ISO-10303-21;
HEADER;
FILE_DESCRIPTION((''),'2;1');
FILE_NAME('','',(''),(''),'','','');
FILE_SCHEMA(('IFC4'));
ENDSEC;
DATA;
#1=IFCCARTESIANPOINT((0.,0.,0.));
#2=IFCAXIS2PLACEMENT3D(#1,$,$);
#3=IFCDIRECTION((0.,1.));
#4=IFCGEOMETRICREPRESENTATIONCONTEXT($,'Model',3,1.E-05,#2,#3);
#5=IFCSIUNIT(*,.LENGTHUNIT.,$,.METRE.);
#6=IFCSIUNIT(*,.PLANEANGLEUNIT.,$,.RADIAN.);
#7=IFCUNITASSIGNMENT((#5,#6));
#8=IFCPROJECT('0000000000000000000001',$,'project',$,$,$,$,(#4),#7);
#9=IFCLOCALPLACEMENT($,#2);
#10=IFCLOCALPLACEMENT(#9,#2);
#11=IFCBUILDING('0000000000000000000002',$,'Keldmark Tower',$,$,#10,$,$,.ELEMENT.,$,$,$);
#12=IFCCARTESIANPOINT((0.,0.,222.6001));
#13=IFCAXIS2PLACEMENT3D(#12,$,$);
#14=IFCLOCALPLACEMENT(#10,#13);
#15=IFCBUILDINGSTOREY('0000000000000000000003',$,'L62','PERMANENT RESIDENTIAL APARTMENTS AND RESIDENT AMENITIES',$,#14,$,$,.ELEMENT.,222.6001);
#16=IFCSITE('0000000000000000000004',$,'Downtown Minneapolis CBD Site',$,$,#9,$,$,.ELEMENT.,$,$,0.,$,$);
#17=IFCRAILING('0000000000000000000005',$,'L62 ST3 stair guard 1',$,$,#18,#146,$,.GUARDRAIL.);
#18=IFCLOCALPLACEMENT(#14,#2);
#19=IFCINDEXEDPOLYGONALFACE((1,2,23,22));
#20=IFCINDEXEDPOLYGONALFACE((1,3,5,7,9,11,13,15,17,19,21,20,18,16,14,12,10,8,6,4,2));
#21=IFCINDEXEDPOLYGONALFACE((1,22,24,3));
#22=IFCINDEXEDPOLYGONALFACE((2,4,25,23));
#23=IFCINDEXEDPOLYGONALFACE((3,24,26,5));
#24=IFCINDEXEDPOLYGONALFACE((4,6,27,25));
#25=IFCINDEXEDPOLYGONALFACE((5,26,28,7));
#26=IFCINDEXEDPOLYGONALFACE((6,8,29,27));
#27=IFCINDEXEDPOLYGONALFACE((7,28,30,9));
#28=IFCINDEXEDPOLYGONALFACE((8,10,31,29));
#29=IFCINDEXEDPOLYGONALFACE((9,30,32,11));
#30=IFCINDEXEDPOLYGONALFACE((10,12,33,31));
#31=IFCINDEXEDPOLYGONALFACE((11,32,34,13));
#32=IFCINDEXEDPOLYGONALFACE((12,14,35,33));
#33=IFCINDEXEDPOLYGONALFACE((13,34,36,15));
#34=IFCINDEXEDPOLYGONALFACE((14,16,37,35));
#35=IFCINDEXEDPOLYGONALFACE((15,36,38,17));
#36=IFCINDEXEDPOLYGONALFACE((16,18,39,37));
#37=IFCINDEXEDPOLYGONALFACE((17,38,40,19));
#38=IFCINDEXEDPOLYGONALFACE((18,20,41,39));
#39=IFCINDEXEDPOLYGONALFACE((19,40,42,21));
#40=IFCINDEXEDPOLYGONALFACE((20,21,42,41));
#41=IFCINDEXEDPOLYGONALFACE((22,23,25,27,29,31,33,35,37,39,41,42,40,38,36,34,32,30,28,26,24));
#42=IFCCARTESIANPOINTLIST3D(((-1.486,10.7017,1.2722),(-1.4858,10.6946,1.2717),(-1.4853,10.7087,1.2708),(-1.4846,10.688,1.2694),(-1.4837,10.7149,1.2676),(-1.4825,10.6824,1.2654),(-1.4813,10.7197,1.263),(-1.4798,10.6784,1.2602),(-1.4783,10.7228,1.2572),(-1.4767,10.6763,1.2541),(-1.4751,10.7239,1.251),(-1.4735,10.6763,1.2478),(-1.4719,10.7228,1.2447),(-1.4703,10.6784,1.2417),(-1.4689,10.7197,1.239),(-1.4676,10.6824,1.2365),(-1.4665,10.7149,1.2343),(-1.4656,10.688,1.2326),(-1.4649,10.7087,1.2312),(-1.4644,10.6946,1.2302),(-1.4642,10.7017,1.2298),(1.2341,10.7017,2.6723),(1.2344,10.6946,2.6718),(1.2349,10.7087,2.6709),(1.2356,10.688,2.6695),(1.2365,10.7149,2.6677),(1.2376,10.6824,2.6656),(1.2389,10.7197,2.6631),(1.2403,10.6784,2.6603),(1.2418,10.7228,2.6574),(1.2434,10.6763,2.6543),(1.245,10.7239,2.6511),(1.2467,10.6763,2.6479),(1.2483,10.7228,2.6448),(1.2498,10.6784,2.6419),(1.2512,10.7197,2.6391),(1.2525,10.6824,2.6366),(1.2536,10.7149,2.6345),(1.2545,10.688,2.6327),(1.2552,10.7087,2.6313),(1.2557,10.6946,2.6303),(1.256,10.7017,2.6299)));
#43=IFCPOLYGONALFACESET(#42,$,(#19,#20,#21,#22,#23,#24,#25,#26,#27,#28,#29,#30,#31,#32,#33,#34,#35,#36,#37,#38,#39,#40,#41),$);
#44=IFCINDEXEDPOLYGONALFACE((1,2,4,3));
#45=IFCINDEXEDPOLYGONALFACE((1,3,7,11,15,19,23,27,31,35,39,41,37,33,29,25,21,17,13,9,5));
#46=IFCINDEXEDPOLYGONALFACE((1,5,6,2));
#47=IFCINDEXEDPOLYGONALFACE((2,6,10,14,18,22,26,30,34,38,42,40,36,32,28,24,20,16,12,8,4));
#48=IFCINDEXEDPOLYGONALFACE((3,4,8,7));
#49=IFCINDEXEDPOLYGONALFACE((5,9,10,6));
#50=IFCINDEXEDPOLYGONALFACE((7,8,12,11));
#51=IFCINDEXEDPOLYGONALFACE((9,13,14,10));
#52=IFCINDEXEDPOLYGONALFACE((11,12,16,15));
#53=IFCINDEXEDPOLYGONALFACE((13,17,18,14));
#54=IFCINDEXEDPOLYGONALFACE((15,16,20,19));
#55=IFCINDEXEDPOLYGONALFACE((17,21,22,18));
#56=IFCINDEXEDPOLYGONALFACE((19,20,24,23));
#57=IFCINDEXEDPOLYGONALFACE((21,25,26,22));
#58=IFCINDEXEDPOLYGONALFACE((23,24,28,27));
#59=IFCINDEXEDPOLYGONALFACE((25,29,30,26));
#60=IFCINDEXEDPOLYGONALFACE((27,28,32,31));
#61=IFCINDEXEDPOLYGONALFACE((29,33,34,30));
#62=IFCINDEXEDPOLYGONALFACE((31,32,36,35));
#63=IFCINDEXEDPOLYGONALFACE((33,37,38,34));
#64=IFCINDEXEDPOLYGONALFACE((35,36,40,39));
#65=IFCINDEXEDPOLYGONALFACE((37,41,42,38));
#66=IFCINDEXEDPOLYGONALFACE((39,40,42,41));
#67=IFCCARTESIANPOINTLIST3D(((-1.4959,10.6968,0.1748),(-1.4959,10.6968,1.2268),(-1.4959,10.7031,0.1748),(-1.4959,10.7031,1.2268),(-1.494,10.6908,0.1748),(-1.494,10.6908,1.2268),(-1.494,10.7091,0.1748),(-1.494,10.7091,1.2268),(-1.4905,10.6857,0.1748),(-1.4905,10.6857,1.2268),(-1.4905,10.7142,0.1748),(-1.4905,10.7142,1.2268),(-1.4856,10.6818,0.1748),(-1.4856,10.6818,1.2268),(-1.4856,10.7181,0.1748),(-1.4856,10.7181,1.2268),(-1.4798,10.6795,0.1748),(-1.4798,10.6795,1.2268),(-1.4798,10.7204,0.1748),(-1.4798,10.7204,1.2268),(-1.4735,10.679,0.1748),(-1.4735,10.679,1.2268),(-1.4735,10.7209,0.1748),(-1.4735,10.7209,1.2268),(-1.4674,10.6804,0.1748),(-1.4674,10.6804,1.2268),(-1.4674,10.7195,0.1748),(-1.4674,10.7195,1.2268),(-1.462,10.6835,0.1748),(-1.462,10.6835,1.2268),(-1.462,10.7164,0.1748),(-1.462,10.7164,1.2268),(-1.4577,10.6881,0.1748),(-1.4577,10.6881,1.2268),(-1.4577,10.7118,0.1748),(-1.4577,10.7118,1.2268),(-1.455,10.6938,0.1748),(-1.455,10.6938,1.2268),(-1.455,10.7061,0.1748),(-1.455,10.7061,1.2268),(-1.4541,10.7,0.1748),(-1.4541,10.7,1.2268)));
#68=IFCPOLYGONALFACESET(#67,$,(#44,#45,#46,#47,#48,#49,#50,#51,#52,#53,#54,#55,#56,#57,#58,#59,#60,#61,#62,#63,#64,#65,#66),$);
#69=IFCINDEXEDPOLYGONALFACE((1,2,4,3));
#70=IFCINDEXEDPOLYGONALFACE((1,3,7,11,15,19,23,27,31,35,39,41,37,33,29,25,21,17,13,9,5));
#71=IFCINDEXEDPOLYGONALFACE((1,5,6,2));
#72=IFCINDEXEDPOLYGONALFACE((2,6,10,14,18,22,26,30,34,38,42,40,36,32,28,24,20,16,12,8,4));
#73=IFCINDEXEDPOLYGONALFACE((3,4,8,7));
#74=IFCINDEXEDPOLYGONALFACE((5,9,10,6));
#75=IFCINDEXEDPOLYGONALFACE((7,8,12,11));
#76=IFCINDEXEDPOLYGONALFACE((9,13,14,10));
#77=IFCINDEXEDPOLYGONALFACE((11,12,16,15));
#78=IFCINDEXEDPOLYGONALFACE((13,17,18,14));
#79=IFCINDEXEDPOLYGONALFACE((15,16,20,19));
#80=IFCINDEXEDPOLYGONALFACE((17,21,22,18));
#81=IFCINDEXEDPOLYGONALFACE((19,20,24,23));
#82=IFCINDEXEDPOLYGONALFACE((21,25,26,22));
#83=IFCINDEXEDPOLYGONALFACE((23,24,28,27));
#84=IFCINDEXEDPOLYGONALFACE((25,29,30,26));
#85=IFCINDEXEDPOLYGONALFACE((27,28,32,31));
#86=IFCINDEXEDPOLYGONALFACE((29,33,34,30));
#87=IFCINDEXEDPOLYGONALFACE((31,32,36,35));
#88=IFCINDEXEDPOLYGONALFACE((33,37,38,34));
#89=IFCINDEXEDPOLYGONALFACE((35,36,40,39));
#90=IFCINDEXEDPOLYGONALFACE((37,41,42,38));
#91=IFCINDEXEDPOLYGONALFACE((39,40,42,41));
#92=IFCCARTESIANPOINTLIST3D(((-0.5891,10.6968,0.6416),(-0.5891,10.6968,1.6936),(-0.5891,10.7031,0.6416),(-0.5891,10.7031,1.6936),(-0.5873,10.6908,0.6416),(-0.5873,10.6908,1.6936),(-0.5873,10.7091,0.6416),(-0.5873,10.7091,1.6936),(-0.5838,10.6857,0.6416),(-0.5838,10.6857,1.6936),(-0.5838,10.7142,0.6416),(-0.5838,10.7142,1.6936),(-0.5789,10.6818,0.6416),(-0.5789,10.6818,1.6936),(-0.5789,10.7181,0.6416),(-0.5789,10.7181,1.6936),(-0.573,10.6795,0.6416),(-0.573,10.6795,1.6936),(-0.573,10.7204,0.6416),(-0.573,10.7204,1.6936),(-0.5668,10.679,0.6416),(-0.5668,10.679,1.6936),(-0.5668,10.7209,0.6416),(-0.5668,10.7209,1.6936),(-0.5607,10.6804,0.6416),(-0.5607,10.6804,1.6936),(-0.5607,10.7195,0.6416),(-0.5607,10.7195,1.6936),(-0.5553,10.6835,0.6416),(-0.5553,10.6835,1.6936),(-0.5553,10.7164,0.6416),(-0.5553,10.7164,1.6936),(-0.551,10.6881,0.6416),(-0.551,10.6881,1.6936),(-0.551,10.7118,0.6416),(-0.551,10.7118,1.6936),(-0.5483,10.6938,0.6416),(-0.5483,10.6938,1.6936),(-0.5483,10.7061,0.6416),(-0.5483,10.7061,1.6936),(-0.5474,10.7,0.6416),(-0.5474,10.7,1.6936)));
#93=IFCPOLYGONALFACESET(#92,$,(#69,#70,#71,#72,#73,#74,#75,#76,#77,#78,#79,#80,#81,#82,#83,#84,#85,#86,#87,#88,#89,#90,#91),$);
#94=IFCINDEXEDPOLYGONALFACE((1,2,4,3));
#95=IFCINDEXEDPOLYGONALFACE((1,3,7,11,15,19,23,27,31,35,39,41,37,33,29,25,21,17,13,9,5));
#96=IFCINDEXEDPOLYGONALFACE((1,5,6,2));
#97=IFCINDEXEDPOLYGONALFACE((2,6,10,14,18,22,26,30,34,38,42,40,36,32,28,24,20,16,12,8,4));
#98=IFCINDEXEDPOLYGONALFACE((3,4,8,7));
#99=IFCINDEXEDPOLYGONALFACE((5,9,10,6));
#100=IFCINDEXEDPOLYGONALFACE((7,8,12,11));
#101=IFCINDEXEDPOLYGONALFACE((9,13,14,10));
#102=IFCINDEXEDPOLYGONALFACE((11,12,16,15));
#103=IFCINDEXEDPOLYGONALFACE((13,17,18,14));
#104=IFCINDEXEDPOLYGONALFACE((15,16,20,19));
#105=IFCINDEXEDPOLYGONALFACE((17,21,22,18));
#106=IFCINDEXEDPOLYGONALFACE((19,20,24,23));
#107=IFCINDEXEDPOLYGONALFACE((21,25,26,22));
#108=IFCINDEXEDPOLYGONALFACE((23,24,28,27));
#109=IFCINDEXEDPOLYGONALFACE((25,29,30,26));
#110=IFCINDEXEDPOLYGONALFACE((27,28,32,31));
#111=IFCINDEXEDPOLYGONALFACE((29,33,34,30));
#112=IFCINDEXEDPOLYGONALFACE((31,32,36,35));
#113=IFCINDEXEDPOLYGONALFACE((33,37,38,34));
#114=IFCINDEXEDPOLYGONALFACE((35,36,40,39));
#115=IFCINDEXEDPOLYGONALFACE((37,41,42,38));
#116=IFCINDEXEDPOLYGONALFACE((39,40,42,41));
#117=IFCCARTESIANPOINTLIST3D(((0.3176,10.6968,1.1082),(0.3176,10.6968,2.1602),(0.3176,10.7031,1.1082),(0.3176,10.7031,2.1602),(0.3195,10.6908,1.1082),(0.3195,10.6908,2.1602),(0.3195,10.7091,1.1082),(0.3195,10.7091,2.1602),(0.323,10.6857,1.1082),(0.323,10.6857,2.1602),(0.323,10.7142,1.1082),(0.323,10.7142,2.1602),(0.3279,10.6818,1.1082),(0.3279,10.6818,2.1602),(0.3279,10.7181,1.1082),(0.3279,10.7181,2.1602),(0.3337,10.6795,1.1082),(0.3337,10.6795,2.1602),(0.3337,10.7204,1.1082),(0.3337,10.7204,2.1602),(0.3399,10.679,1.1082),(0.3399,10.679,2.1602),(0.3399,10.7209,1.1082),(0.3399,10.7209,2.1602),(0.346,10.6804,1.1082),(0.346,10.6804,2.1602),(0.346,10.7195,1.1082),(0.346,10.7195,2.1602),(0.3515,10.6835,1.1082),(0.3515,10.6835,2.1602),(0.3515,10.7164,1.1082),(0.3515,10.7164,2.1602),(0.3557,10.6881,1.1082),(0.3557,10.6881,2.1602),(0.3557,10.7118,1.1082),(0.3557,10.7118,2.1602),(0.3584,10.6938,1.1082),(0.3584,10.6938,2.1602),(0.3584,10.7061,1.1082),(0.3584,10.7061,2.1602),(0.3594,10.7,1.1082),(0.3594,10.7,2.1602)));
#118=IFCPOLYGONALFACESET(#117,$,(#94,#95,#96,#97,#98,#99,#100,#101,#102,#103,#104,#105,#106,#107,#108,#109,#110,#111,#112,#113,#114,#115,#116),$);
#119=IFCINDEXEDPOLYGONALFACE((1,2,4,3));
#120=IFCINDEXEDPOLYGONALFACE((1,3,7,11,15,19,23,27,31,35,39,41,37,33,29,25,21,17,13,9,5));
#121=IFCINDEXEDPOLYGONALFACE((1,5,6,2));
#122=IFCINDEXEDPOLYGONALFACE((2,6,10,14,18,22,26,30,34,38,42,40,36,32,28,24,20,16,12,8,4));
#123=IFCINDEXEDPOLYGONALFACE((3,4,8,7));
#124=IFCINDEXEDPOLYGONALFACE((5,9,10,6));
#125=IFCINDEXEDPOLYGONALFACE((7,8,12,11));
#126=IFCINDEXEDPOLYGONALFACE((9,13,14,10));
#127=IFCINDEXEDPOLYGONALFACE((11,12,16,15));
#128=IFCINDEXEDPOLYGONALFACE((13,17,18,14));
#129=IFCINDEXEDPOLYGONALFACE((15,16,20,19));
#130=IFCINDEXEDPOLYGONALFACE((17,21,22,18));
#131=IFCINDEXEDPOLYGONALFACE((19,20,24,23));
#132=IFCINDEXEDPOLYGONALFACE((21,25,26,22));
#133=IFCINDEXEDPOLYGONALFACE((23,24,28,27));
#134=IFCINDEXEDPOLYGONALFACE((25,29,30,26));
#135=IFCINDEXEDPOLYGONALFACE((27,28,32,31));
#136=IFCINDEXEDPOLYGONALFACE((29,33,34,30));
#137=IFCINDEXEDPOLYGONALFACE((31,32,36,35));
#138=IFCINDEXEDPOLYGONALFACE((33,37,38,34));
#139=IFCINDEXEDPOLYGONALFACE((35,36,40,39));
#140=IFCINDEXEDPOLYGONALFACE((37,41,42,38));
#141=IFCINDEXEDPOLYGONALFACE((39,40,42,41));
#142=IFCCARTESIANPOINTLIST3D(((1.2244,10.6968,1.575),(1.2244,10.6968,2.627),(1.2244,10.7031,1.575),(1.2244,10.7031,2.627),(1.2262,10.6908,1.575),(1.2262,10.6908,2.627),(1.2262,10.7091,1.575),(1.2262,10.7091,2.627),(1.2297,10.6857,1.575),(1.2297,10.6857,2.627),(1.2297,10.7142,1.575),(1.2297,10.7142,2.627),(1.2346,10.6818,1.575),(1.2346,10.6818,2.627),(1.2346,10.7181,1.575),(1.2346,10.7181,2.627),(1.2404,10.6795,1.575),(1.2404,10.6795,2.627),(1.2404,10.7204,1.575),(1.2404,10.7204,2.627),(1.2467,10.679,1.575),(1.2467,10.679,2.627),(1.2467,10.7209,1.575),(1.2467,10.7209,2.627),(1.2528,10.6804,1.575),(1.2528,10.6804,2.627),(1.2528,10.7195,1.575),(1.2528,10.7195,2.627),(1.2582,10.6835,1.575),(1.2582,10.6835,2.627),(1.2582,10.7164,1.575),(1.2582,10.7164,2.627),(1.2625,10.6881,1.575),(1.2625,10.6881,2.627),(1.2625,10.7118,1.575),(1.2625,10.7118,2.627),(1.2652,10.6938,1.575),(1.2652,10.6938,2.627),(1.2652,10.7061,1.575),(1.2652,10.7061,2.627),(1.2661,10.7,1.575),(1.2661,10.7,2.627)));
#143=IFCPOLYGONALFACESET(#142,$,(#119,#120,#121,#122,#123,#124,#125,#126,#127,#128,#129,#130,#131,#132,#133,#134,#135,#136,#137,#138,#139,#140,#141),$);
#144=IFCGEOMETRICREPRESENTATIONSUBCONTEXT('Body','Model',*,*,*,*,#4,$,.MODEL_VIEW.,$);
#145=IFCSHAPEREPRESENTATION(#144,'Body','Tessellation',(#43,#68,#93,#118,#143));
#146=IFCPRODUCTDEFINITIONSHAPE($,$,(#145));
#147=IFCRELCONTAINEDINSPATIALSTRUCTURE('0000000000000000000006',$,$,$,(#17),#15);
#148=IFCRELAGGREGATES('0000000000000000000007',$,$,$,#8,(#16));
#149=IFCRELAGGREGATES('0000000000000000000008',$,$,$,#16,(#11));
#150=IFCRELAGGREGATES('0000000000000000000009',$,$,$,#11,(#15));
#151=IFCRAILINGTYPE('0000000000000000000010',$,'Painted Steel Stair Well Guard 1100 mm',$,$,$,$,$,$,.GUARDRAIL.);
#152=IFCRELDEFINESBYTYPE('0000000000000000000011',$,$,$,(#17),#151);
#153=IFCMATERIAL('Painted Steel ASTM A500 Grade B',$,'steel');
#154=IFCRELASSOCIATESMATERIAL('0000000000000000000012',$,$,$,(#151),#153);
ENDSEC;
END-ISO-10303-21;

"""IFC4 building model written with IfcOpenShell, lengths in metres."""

from ifc_helpers import new_model, si_unit, direction, frame, origin, origin_2d, place, context, subcontext, project, spatial, circle, extrude, material, type_object, element, save


model = new_model("IFC4")

# Units and contexts
model_context = context("Model", 3, precision=1e-05, world=origin(), true_north=direction((0.0, 1.0)))
body_context = subcontext(model_context, "Body", "Model", "MODEL_VIEW")
ifc_project = project(units=[si_unit("LENGTHUNIT", "METRE"), si_unit("PLANEANGLEUNIT", "RADIAN")], contexts=[model_context])

# Site, building, storey
site_placement = place(None, origin())
site = spatial("IfcSite", under=ifc_project, at=site_placement, Name="Downtown Minneapolis CBD Site", CompositionType="ELEMENT", RefElevation=0.0)
building_placement = place(site_placement, origin())
building = spatial("IfcBuilding", under=site, at=building_placement, Name="Keldmark Tower", CompositionType="ELEMENT")
storey_placement = place(building_placement, frame((0.0, 0.0, 222.6001)))
storey = spatial("IfcBuildingStorey", under=building, at=storey_placement, Name="L62", Description="PERMANENT RESIDENTIAL APARTMENTS AND RESIDENT AMENITIES", CompositionType="ELEMENT", Elevation=222.6001)

# Railing
ifc_material_1 = material(Name="Painted Steel ASTM A500 Grade B", Category="steel")
railing_type_1 = type_object("IfcRailingType", Name="Painted Steel Stair Well Guard 1100 mm", PredefinedType="GUARDRAIL", material=ifc_material_1)
railing_1_placement = place(storey_placement, frame((-1.4751, 10.7, 0.1748)))
element("IfcRailing", 1, at=railing_1_placement, inside=storey, type_object=railing_type_1, Name="L62 ST3 stair guard 1", PredefinedType="GUARDRAIL", context=body_context, shape_type="SweptSolid", body=[
    extrude(circle(Radius=0.0239, at=origin_2d()), frame((0.0, 0.0, 1.0762), z_axis=(0.889131, 0.0, 0.457653), x_axis=(0.0, 1.0, 0.0)), (0.0, 0.0, 1.0), 3.0593),
    extrude(circle(Radius=0.021, at=origin_2d()), origin(), (0.0, 0.0, 1.0), 1.052),
    extrude(circle(Radius=0.021, at=origin_2d()), frame((0.9067, 0.0, 0.4668)), (0.0, 0.0, 1.0), 1.052),
    extrude(circle(Radius=0.021, at=origin_2d()), frame((1.8135, 0.0, 0.9333)), (0.0, 0.0, 1.0), 1.052),
    extrude(circle(Radius=0.021, at=origin_2d()), frame((2.7202, 0.0, 1.4001)), (0.0, 0.0, 1.0), 1.052),
])

save(model, "model.ifc")
